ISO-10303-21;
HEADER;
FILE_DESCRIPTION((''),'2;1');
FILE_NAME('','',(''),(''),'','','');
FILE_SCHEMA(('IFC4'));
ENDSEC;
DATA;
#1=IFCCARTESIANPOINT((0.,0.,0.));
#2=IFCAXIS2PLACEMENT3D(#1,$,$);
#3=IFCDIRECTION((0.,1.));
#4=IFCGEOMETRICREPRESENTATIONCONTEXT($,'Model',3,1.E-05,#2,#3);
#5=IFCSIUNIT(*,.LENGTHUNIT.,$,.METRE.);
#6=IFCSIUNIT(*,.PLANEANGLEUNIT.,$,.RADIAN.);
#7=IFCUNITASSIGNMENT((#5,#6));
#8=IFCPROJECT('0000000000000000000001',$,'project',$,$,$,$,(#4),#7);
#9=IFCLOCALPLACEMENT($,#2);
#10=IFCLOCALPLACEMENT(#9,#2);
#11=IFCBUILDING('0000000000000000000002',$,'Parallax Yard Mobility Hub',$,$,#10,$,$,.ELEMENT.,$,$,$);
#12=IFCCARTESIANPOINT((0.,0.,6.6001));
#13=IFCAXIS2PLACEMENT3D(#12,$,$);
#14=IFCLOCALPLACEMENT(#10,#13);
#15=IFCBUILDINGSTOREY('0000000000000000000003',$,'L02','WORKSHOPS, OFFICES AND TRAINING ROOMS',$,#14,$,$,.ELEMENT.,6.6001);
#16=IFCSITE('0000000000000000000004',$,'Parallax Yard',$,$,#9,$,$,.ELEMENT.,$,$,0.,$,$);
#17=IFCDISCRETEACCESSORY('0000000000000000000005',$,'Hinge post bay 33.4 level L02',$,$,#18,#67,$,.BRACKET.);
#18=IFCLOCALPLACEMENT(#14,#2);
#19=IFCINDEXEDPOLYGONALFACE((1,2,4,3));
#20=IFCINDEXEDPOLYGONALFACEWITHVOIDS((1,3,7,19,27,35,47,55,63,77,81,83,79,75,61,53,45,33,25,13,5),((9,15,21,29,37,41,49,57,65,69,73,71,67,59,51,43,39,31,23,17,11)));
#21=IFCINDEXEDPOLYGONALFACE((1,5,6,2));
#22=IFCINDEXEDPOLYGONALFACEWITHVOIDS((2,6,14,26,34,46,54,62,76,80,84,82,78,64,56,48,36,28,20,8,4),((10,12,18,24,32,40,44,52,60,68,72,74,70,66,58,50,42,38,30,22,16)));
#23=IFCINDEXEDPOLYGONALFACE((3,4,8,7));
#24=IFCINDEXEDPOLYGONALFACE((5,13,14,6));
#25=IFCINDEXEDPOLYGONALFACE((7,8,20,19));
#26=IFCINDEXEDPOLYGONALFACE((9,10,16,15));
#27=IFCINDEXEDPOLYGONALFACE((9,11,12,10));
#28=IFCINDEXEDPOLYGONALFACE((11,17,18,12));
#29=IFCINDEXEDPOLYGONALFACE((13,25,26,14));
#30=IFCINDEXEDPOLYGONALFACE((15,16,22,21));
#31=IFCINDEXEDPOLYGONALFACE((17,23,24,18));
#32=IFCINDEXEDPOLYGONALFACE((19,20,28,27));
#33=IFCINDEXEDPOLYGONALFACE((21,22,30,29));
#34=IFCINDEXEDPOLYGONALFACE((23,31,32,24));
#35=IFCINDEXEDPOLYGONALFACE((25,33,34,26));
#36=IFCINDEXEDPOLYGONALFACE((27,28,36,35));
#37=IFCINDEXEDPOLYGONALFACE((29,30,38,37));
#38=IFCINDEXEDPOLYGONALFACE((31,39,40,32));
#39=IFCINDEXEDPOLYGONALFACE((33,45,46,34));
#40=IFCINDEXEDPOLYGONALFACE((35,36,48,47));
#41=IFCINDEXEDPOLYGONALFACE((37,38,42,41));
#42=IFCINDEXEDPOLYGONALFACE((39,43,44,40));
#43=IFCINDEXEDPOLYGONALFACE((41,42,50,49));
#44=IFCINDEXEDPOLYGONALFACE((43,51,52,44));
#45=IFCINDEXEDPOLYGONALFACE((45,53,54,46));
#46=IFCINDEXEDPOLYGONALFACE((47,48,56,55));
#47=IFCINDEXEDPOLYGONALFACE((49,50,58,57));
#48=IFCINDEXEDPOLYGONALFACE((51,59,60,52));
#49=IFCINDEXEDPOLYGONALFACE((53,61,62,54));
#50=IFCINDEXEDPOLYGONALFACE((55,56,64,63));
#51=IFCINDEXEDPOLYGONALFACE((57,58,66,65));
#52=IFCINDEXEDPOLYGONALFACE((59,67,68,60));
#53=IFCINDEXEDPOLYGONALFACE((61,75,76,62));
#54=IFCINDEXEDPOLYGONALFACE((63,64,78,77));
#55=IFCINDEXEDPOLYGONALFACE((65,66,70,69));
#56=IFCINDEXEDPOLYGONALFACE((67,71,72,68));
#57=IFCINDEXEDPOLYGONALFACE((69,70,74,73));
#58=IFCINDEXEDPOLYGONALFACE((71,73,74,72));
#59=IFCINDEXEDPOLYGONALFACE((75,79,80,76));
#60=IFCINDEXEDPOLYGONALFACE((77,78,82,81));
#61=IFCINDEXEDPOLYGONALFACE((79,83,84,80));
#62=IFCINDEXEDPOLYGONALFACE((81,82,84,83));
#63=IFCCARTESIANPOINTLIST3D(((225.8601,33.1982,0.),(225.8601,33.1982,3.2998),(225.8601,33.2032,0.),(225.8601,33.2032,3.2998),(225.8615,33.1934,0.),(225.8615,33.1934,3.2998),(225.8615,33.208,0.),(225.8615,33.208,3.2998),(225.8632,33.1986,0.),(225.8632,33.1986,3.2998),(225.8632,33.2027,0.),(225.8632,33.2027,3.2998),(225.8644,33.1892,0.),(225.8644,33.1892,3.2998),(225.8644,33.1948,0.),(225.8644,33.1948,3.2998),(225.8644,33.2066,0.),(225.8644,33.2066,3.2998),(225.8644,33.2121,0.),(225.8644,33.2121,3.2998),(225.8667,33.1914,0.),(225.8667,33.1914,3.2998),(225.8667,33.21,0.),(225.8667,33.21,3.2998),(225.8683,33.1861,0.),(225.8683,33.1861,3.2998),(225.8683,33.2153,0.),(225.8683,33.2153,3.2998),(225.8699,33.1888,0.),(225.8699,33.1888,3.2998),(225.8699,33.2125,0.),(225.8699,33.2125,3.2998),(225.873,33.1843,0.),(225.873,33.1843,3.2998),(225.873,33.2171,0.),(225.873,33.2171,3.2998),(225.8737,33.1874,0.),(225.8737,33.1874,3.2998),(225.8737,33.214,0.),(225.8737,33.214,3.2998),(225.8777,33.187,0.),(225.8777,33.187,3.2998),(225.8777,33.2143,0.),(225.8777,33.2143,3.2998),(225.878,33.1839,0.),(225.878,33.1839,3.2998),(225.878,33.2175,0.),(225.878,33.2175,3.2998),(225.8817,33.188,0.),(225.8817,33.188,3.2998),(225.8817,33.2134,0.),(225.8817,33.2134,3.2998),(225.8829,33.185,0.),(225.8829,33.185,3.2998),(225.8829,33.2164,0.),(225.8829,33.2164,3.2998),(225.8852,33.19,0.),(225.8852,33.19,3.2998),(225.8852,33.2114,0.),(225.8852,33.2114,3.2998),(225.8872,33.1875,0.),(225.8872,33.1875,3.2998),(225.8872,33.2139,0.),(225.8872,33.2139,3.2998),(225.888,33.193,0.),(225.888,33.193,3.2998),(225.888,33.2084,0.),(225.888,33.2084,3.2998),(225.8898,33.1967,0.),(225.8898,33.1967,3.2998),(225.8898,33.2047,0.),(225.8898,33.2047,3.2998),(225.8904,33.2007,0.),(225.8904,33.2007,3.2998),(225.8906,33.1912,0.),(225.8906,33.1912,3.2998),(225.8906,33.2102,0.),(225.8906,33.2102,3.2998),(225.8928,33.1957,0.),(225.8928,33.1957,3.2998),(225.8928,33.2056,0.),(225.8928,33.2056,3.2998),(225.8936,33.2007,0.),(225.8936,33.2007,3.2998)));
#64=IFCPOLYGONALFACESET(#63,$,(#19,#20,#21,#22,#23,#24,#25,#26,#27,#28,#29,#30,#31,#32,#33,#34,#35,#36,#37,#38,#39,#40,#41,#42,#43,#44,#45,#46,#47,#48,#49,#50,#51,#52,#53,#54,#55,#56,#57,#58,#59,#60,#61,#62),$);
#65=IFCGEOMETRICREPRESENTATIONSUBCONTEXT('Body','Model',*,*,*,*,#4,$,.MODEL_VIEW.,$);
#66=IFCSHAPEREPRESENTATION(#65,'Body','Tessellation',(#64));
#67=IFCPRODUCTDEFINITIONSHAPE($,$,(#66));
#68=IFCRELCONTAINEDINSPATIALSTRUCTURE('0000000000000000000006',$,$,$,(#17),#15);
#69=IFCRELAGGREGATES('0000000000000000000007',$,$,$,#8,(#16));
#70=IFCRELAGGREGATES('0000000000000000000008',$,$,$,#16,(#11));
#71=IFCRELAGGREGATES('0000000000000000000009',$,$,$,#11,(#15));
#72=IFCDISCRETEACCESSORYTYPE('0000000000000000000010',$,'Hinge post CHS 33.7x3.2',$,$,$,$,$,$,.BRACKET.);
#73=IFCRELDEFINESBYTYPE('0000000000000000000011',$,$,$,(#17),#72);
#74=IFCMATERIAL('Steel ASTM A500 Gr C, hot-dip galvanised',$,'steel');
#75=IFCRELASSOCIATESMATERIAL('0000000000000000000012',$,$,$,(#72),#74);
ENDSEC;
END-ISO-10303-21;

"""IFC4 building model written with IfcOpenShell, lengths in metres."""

from ifc_helpers import new_model, si_unit, direction, frame, origin, origin_2d, place, context, subcontext, project, spatial, hollow_circle, extrude, material, material_profile, profile_set, type_object, element, save


model = new_model("IFC4")

# Units and contexts
model_context = context("Model", 3, precision=1e-05, world=origin(), true_north=direction((0.0, 1.0)))
body_context = subcontext(model_context, "Body", "Model", "MODEL_VIEW")
ifc_project = project(units=[si_unit("LENGTHUNIT", "METRE"), si_unit("PLANEANGLEUNIT", "RADIAN")], contexts=[model_context])

# Site, building, storey
site_placement = place(None, origin())
site = spatial("IfcSite", under=ifc_project, at=site_placement, Name="Parallax Yard", CompositionType="ELEMENT", RefElevation=0.0)
building_placement = place(site_placement, origin())
building = spatial("IfcBuilding", under=site, at=building_placement, Name="Parallax Yard Mobility Hub", CompositionType="ELEMENT")
storey_placement = place(building_placement, frame((0.0, 0.0, 6.6001)))
storey = spatial("IfcBuildingStorey", under=building, at=storey_placement, Name="L02", Description="WORKSHOPS, OFFICES AND TRAINING ROOMS", CompositionType="ELEMENT", Elevation=6.6001)

# Discrete accessory
ifc_material_1 = material(Name="Steel ASTM A500 Gr C, hot-dip galvanised", Category="steel")
ifc_material_profile = material_profile(ifc_material_1, hollow_circle(Radius=0.0168, WallThickness=0.0032, at=origin_2d()), Name="CHS 33.7x3.2")
ifc_profile_set = profile_set([ifc_material_profile], Name="Steel ASTM A500 Gr C, hot-dip galvanised")
discrete_accessory_type = type_object("IfcDiscreteAccessoryType", Name="Hinge post CHS 33.7x3.2", PredefinedType="BRACKET", material=ifc_profile_set)
for number, where, z_axis, x_axis, name in (
    (1, (225.8767, 33.2007, 0.0), (0.0, 0.0, 1.0), (1.0, 0.0, 0.0), "Hinge post bay 33.4 level L02"),
):
    element("IfcDiscreteAccessory", number, at=place(storey_placement, frame(where, z_axis=z_axis, x_axis=x_axis)), inside=storey, type_object=discrete_accessory_type, Name=name, PredefinedType="BRACKET", context=body_context, shape_type="SweptSolid", body=[
        extrude(hollow_circle(Radius=0.0168, WallThickness=0.0032, at=origin_2d()), origin(), (0.0, 0.0, 1.0), 3.2998),
    ])

save(model, "model.ifc")
